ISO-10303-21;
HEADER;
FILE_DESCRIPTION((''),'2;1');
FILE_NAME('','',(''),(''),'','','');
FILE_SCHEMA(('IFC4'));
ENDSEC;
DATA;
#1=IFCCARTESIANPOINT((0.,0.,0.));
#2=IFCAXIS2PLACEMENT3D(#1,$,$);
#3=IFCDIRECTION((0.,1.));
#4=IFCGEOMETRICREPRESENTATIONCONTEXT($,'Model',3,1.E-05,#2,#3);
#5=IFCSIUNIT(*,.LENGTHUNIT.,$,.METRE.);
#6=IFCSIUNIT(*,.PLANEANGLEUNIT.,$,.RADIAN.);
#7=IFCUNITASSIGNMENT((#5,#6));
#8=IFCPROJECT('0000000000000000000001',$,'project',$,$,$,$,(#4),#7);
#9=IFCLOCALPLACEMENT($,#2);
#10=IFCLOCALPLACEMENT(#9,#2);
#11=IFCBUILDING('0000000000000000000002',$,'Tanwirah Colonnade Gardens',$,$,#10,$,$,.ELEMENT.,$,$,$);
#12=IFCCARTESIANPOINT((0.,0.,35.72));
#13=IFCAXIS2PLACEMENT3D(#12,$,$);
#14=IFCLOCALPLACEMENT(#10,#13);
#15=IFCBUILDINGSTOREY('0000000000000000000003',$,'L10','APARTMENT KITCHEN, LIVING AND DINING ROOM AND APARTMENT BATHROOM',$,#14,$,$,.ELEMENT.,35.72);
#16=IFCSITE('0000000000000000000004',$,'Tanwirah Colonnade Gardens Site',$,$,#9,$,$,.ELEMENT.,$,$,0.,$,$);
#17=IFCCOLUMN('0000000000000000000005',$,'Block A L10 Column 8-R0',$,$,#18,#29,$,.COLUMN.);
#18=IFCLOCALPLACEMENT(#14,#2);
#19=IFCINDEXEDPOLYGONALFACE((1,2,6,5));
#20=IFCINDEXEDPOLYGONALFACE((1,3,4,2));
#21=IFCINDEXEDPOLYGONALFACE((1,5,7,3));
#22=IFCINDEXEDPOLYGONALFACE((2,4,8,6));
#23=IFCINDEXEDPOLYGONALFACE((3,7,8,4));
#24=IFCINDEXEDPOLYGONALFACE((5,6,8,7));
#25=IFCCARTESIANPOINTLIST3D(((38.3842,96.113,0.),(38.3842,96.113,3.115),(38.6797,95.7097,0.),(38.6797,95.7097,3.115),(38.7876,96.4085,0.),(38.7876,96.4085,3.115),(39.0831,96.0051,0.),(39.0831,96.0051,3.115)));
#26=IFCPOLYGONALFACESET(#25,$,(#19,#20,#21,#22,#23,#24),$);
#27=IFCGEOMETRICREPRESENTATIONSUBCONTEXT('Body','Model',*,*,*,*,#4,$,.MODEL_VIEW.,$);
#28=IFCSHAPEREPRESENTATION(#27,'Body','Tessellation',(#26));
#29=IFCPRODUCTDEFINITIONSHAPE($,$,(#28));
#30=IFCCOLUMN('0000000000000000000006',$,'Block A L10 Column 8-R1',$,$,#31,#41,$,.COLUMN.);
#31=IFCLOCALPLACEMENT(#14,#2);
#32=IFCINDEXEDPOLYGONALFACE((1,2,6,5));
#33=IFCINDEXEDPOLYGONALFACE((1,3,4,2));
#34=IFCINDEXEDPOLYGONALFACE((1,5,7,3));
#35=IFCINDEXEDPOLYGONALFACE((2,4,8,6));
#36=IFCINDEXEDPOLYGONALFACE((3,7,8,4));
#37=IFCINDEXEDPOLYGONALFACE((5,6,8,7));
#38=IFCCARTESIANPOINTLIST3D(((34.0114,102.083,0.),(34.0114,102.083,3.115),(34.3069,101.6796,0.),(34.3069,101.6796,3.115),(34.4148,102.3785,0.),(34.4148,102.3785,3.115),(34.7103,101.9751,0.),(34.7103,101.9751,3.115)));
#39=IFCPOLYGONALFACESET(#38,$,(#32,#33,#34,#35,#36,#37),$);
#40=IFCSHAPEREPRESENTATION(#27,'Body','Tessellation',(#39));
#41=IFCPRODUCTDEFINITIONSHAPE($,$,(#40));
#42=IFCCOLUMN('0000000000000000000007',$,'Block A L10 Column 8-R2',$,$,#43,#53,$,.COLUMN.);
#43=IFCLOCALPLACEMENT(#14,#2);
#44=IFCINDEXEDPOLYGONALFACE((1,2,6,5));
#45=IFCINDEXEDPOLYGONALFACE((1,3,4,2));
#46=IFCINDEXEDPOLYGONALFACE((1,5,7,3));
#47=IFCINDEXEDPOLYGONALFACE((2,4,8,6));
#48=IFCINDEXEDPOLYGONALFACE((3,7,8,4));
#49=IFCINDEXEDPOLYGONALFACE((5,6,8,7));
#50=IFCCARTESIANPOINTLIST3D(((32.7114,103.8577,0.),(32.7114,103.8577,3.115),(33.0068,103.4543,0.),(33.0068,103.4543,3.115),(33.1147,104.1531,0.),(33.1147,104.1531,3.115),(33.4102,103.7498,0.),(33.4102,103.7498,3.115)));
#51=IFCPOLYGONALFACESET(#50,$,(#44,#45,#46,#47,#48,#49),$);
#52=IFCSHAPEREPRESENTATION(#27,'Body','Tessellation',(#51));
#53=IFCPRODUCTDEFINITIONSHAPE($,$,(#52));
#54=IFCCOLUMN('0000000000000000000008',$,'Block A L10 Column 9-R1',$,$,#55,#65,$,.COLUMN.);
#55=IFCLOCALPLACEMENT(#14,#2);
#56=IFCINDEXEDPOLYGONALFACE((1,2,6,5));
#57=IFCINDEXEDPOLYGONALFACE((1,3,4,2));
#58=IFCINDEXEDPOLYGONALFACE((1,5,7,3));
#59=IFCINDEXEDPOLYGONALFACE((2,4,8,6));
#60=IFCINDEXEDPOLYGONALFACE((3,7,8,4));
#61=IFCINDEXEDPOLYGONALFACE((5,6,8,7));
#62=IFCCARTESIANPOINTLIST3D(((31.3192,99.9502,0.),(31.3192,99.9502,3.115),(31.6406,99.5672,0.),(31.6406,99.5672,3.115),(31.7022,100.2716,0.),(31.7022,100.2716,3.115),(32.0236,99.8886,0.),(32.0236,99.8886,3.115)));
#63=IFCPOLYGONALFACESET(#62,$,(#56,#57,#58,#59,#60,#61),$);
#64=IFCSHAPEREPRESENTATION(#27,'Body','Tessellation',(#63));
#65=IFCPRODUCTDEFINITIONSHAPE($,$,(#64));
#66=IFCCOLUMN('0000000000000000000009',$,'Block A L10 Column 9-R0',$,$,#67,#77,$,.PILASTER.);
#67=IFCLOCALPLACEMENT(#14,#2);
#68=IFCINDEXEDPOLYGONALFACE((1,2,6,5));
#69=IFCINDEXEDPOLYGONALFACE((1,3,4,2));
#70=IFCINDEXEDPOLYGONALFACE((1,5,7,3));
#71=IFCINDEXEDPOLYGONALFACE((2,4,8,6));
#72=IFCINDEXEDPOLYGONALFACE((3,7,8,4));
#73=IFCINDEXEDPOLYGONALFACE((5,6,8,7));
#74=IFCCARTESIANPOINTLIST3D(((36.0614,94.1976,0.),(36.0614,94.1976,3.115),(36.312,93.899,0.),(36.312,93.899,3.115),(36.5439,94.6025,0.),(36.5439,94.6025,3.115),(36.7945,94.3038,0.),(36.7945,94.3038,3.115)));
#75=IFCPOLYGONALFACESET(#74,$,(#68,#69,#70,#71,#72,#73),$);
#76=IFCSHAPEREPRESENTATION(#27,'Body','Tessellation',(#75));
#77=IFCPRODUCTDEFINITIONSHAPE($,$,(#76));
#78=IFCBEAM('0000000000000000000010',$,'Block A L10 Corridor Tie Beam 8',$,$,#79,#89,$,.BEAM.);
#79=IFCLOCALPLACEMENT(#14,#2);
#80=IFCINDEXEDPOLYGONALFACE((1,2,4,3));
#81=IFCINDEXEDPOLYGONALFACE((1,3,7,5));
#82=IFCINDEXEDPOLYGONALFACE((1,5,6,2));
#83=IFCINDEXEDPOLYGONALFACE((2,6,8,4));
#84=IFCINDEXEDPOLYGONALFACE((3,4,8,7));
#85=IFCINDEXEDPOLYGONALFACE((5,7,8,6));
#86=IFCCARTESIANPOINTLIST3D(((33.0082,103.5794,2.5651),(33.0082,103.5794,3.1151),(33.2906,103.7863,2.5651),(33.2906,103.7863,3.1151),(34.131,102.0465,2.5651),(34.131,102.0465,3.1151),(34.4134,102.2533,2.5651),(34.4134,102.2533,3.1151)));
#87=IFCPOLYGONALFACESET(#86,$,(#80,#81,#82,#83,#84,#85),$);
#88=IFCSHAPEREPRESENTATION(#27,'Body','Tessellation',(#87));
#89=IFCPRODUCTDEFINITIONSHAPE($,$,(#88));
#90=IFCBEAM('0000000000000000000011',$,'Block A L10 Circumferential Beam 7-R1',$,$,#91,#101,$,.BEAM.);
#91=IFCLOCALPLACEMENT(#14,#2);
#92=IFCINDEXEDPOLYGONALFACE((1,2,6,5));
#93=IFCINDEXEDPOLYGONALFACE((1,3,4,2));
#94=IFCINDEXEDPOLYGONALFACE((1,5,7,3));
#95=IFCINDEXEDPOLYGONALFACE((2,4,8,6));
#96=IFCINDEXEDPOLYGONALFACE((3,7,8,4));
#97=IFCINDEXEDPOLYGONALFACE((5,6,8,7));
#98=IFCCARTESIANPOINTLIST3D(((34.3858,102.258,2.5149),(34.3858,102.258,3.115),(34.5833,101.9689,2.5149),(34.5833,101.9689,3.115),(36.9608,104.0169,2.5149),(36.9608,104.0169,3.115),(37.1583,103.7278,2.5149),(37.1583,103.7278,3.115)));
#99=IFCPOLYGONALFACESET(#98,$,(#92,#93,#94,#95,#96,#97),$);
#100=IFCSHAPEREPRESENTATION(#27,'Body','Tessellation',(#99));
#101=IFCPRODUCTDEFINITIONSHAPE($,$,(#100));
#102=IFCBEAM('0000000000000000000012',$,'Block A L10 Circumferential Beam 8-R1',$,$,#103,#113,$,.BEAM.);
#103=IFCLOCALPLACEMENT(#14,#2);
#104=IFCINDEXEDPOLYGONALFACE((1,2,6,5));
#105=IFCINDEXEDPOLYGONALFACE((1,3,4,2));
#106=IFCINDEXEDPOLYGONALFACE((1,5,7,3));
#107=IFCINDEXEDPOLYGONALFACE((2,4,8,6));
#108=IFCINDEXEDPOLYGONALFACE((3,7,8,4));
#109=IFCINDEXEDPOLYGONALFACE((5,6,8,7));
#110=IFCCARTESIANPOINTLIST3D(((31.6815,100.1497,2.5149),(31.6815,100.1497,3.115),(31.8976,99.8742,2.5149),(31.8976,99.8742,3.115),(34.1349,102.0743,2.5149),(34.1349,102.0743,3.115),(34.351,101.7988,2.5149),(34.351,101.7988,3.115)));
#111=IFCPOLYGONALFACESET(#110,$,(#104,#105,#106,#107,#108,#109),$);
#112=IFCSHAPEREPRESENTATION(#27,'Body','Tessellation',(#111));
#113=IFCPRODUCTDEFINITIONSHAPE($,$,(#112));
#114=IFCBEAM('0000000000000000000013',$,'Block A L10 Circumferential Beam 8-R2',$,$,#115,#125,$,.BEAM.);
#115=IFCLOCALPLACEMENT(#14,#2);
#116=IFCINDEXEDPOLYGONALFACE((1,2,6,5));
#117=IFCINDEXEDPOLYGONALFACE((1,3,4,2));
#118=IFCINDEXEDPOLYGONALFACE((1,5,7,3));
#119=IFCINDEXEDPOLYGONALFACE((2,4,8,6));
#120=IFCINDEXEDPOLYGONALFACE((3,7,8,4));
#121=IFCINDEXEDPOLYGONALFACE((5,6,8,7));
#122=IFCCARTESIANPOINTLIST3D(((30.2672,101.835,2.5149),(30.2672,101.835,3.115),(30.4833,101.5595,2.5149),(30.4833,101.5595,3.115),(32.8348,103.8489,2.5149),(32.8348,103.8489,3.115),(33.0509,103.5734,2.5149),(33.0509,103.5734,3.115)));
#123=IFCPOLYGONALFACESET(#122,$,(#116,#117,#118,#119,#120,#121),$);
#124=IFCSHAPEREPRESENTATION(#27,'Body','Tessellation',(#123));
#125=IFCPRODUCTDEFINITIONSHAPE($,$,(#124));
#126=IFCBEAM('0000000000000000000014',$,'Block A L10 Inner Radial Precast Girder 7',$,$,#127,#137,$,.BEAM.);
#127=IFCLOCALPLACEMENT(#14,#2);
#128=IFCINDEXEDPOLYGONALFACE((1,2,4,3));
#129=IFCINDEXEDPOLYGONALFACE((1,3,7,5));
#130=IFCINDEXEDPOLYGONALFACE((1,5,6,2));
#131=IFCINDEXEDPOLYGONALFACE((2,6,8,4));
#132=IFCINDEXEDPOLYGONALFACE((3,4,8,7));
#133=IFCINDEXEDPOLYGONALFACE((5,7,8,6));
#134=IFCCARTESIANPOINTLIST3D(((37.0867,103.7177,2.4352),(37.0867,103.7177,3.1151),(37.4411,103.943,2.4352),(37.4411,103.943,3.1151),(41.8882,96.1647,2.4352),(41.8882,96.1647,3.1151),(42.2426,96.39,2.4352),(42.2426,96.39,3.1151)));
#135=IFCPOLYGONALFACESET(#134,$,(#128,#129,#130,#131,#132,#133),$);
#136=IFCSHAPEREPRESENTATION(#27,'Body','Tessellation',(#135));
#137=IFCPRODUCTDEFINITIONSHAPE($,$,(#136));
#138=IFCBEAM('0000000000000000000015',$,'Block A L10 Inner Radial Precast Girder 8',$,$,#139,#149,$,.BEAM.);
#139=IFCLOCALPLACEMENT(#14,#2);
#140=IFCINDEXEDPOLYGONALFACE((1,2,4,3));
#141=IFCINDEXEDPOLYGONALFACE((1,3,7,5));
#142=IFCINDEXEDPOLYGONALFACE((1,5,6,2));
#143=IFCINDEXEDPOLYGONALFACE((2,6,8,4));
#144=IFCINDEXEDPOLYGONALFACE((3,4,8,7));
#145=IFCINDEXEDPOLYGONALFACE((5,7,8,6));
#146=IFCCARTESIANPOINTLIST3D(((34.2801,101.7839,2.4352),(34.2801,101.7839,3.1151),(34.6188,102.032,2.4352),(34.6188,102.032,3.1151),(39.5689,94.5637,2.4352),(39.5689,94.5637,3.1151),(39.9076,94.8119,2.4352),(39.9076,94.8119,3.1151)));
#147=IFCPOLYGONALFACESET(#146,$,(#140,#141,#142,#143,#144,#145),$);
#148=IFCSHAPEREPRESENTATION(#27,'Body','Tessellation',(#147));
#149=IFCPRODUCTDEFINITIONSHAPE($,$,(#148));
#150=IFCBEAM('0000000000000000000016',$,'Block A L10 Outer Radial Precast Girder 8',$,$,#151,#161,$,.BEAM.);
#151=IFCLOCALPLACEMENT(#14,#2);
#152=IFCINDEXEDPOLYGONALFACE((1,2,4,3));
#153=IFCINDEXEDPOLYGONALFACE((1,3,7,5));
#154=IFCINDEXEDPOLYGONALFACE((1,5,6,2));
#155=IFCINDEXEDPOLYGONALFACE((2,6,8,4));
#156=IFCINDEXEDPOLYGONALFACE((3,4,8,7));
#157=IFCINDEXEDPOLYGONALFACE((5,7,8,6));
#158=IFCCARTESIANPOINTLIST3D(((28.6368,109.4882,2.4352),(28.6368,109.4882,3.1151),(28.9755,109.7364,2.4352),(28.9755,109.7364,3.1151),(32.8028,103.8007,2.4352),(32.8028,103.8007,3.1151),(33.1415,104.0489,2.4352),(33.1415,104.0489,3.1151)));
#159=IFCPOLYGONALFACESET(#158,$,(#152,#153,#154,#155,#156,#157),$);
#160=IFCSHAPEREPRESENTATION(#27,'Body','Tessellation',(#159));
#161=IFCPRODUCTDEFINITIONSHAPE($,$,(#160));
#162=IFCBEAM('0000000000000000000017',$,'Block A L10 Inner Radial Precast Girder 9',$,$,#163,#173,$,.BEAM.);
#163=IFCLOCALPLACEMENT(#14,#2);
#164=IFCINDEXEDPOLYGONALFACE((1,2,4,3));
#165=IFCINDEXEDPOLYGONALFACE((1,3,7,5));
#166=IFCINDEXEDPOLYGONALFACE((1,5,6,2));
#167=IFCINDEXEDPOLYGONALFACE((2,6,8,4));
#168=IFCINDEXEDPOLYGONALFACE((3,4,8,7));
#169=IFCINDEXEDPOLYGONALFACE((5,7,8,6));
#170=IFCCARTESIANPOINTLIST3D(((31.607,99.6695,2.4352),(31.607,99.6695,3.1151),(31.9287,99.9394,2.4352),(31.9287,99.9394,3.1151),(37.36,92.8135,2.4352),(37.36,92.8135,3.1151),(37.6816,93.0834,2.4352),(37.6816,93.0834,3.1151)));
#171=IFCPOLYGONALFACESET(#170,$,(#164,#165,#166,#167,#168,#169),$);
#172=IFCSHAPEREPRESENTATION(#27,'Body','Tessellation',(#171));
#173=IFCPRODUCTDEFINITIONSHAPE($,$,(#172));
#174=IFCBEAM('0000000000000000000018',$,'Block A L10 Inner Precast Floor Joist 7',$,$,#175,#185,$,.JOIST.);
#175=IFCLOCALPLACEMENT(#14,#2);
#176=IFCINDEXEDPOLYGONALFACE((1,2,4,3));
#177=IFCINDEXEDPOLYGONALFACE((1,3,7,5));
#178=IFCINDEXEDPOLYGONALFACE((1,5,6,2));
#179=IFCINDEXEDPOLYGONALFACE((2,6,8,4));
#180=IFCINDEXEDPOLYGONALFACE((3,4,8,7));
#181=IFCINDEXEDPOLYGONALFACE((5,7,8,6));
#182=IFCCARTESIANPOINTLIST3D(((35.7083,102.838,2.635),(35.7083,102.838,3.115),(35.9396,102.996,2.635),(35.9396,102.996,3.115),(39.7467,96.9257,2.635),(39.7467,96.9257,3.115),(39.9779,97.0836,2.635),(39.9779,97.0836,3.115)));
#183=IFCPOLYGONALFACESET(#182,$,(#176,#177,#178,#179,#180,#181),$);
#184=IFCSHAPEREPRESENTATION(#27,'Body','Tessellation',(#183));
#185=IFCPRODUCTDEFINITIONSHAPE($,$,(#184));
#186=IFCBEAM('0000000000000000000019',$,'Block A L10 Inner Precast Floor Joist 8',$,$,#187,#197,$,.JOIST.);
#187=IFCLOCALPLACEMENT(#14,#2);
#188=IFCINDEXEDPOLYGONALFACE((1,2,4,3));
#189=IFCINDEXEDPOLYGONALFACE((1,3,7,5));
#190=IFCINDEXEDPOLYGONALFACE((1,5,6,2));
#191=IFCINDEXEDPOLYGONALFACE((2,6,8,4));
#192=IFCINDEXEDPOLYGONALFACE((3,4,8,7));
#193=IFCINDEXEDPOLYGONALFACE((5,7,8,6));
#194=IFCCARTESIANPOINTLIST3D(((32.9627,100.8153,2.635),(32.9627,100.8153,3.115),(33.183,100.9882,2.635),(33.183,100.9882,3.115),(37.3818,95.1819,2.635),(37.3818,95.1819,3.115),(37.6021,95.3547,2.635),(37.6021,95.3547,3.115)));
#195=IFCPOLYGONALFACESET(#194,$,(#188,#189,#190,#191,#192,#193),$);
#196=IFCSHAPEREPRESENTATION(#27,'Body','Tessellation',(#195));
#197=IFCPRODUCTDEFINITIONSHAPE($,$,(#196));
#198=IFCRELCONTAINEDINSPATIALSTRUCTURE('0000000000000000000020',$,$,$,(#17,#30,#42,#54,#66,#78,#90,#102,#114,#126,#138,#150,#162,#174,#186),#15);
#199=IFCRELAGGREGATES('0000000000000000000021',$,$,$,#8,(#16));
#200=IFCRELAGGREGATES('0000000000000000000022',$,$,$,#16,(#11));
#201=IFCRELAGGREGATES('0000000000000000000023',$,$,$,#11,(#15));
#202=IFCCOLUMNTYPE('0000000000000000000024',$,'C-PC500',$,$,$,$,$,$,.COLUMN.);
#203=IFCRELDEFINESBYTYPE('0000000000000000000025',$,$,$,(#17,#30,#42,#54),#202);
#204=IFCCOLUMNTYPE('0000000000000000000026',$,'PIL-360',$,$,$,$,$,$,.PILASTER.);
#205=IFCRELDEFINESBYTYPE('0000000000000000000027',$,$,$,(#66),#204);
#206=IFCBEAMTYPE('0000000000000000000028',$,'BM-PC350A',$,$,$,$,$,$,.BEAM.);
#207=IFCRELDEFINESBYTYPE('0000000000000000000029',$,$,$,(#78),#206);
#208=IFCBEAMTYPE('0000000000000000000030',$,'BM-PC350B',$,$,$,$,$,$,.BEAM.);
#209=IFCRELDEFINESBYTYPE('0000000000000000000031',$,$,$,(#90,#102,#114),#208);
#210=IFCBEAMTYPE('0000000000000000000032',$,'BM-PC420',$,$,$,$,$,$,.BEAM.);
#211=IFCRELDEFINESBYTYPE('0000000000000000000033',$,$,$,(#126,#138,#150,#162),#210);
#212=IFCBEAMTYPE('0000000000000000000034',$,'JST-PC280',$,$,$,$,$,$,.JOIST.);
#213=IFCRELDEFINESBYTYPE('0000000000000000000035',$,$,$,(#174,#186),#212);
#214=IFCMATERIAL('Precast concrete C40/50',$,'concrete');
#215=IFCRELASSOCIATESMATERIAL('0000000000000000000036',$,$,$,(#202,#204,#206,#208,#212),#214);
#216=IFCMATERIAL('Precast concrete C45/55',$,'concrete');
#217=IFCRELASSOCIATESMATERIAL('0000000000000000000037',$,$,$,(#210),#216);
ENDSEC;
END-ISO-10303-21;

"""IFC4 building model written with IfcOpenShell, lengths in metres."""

from ifc_helpers import new_model, si_unit, direction, frame, origin, origin_2d, place, context, subcontext, project, spatial, rectangle, extrude, material, material_profile, profile_set, type_object, element, save


model = new_model("IFC4")

# Units and contexts
model_context = context("Model", 3, precision=1e-05, world=origin(), true_north=direction((0.0, 1.0)))
body_context = subcontext(model_context, "Body", "Model", "MODEL_VIEW")
ifc_project = project(units=[si_unit("LENGTHUNIT", "METRE"), si_unit("PLANEANGLEUNIT", "RADIAN")], contexts=[model_context])

# Site, building, storey
site_placement = place(None, origin())
site = spatial("IfcSite", under=ifc_project, at=site_placement, Name="Tanwirah Colonnade Gardens Site", CompositionType="ELEMENT", RefElevation=0.0)
building_placement = place(site_placement, origin())
building = spatial("IfcBuilding", under=site, at=building_placement, Name="Tanwirah Colonnade Gardens", CompositionType="ELEMENT")
storey_placement = place(building_placement, frame((0.0, 0.0, 35.72)))
storey = spatial("IfcBuildingStorey", under=building, at=storey_placement, Name="L10", Description="APARTMENT KITCHEN, LIVING AND DINING ROOM AND APARTMENT BATHROOM", CompositionType="ELEMENT", Elevation=35.72)

# Columns
ifc_material_1 = material(Name="Precast concrete C40/50", Category="concrete")
ifc_material_profile_1 = material_profile(ifc_material_1, rectangle(XDim=0.5, YDim=0.5, at=origin_2d()), Name="PC-COL 500x500")
ifc_profile_set_1 = profile_set([ifc_material_profile_1], Name="Precast concrete C40/50")
column_type_1 = type_object("IfcColumnType", Name="C-PC500", PredefinedType="COLUMN", material=ifc_profile_set_1)
for number, where, z_axis, x_axis, name in (
    (1, (38.7336, 96.0591, 0.0), (0.0, 0.0, 1.0), (-0.590919, 0.806731, 0.0), "Block A L10 Column 8-R0"),
    (2, (34.3608, 102.0291, 0.0), (0.0, 0.0, 1.0), (-0.590919, 0.806731, 0.0), "Block A L10 Column 8-R1"),
    (3, (33.0608, 103.8037, 0.0), (0.0, 0.0, 1.0), (-0.590919, 0.806731, 0.0), "Block A L10 Column 8-R2"),
    (4, (31.6714, 99.9194, 0.0), (0.0, 0.0, 1.0), (-0.642788, 0.766044, 0.0), "Block A L10 Column 9-R1"),
):
    element("IfcColumn", number, at=place(storey_placement, frame(where, z_axis=z_axis, x_axis=x_axis)), inside=storey, type_object=column_type_1, Name=name, PredefinedType="COLUMN", context=body_context, shape_type="SweptSolid", body=[
        extrude(rectangle(XDim=0.5, YDim=0.5, at=origin_2d()), origin(), (0.0, 0.0, 1.0), 3.115),
    ])
ifc_material_profile_2 = material_profile(ifc_material_1, rectangle(XDim=0.3899, YDim=0.6299, at=origin_2d()), Name="PC-PIL 390x630")
ifc_profile_set_2 = profile_set([ifc_material_profile_2], Name="Precast concrete C40/50")
column_type_2 = type_object("IfcColumnType", Name="PIL-360", PredefinedType="PILASTER", material=ifc_profile_set_2)
column_placement = place(storey_placement, frame((36.428, 94.2507, 0.0), z_axis=(0.0, 0.0, 1.0), x_axis=(-0.642788, 0.766044, 0.0)))
element("IfcColumn", 5, at=column_placement, inside=storey, type_object=column_type_2, Name="Block A L10 Column 9-R0", PredefinedType="PILASTER", context=body_context, shape_type="SweptSolid", body=[
    extrude(rectangle(XDim=0.3899, YDim=0.6299, at=origin_2d()), origin(), (0.0, 0.0, 1.0), 3.115),
])

# Beams
ifc_material_profile_3 = material_profile(ifc_material_1, rectangle(XDim=0.3501, YDim=0.55, at=origin_2d()), Name="PC-BM 350x550")
ifc_profile_set_3 = profile_set([ifc_material_profile_3], Name="Precast concrete C40/50")
beam_type_1 = type_object("IfcBeamType", Name="BM-PC350A", PredefinedType="BEAM", material=ifc_profile_set_3)
beam_1_placement = place(storey_placement, frame((34.2722, 102.1499, 2.8401), z_axis=(-0.590896, 0.806748, 0.0), x_axis=(-0.806748, -0.590896, 0.0)))
element("IfcBeam", 6, at=beam_1_placement, inside=storey, type_object=beam_type_1, Name="Block A L10 Corridor Tie Beam 8", PredefinedType="BEAM", context=body_context, shape_type="SweptSolid", body=[
    extrude(rectangle(XDim=0.3501, YDim=0.55, at=origin_2d()), origin(), (0.0, 0.0, 1.0), 1.9001),
])
ifc_material_profile_4 = material_profile(ifc_material_1, rectangle(XDim=0.3501, YDim=0.6001, at=origin_2d()), Name="PC-BM 350x600")
ifc_profile_set_4 = profile_set([ifc_material_profile_4], Name="Precast concrete C40/50")
beam_type_2 = type_object("IfcBeamType", Name="BM-PC350B", PredefinedType="BEAM", material=ifc_profile_set_4)
beam_2_placement = place(storey_placement, frame((37.0596, 103.8723, 2.8149), z_axis=(-0.825758, -0.564024, 0.0), x_axis=(0.564024, -0.825758, 0.0)))
element("IfcBeam", 7, at=beam_2_placement, inside=storey, type_object=beam_type_2, Name="Block A L10 Circumferential Beam 7-R1", PredefinedType="BEAM", context=body_context, shape_type="SweptSolid", body=[
    extrude(rectangle(XDim=0.3501, YDim=0.6001, at=origin_2d()), origin(), (0.0, 0.0, 1.0), 3.1184),
])
beam_3_placement = place(storey_placement, frame((34.2429, 101.9365, 2.8149), z_axis=(-0.786799, -0.617209, 0.0), x_axis=(0.617209, -0.786799, 0.0)))
element("IfcBeam", 8, at=beam_3_placement, inside=storey, type_object=beam_type_2, Name="Block A L10 Circumferential Beam 8-R1", PredefinedType="BEAM", context=body_context, shape_type="SweptSolid", body=[
    extrude(rectangle(XDim=0.3501, YDim=0.6001, at=origin_2d()), origin(), (0.0, 0.0, 1.0), 3.1182),
])
beam_4_placement = place(storey_placement, frame((32.9429, 103.7112, 2.8149), z_axis=(-0.78684, -0.617157, 0.0), x_axis=(0.617157, -0.78684, 0.0)))
element("IfcBeam", 9, at=beam_4_placement, inside=storey, type_object=beam_type_2, Name="Block A L10 Circumferential Beam 8-R2", PredefinedType="BEAM", context=body_context, shape_type="SweptSolid", body=[
    extrude(rectangle(XDim=0.3501, YDim=0.6001, at=origin_2d()), origin(), (0.0, 0.0, 1.0), 3.2632),
])
ifc_material_2 = material(Name="Precast concrete C45/55", Category="concrete")
ifc_material_profile_5 = material_profile(ifc_material_2, rectangle(XDim=0.4199, YDim=0.6799, at=origin_2d()), Name="PC-BM 420x680")
ifc_profile_set_5 = profile_set([ifc_material_profile_5], Name="Precast concrete C45/55")
beam_type_3 = type_object("IfcBeamType", Name="BM-PC420", PredefinedType="BEAM", material=ifc_profile_set_5)
for number, where, z_axis, x_axis, name in (
    (10, (37.2639, 103.8303, 2.7751), (0.536484, -0.843911, 0.0), (0.843911, 0.536484, 0.0), "Block A L10 Inner Radial Precast Girder 7"),
    (11, (34.4495, 101.908, 2.7751), (0.590927, -0.806725, 0.0), (0.806725, 0.590927, 0.0), "Block A L10 Inner Radial Precast Girder 8"),
):
    element("IfcBeam", number, at=place(storey_placement, frame(where, z_axis=z_axis, x_axis=x_axis)), inside=storey, type_object=beam_type_3, Name=name, PredefinedType="BEAM", context=body_context, shape_type="SweptSolid", body=[
        extrude(rectangle(XDim=0.4199, YDim=0.6799, at=origin_2d()), origin(), (0.0, 0.0, 1.0), 8.95),
    ])
beam_5_placement = place(storey_placement, frame((32.9722, 103.9248, 2.7751), z_axis=(-0.590919, 0.806731, 0.0), x_axis=(-0.806731, -0.590919, 0.0)))
element("IfcBeam", 12, at=beam_5_placement, inside=storey, type_object=beam_type_3, Name="Block A L10 Outer Radial Precast Girder 8", PredefinedType="BEAM", context=body_context, shape_type="SweptSolid", body=[
    extrude(rectangle(XDim=0.4199, YDim=0.6799, at=origin_2d()), origin(), (0.0, 0.0, 1.0), 7.05),
])
beam_6_placement = place(storey_placement, frame((31.7678, 99.8044, 2.7751), z_axis=(0.642794, -0.766039, 0.0), x_axis=(0.766039, 0.642794, 0.0)))
element("IfcBeam", 13, at=beam_6_placement, inside=storey, type_object=beam_type_3, Name="Block A L10 Inner Radial Precast Girder 9", PredefinedType="BEAM", context=body_context, shape_type="SweptSolid", body=[
    extrude(rectangle(XDim=0.4199, YDim=0.6799, at=origin_2d()), origin(), (0.0, 0.0, 1.0), 8.95),
])
ifc_material_profile_6 = material_profile(ifc_material_1, rectangle(XDim=0.28, YDim=0.48, at=origin_2d()), Name="PC-JST 280x480")
ifc_profile_set_6 = profile_set([ifc_material_profile_6], Name="Precast concrete C40/50")
beam_type_4 = type_object("IfcBeamType", Name="JST-PC280", PredefinedType="JOIST", material=ifc_profile_set_6)
for number, where, z_axis, x_axis, name in (
    (14, (39.8623, 97.0046, 2.875), (-0.564021, 0.82576, 0.0), (-0.82576, -0.564021, 0.0), "Block A L10 Inner Precast Floor Joist 7"),
    (15, (37.4919, 95.2683, 2.875), (-0.617202, 0.786804, 0.0), (-0.786804, -0.617202, 0.0), "Block A L10 Inner Precast Floor Joist 8"),
):
    element("IfcBeam", number, at=place(storey_placement, frame(where, z_axis=z_axis, x_axis=x_axis)), inside=storey, type_object=beam_type_4, Name=name, PredefinedType="JOIST", context=body_context, shape_type="SweptSolid", body=[
        extrude(rectangle(XDim=0.28, YDim=0.48, at=origin_2d()), origin(), (0.0, 0.0, 1.0), 7.1599),
    ])

save(model, "model.ifc")
